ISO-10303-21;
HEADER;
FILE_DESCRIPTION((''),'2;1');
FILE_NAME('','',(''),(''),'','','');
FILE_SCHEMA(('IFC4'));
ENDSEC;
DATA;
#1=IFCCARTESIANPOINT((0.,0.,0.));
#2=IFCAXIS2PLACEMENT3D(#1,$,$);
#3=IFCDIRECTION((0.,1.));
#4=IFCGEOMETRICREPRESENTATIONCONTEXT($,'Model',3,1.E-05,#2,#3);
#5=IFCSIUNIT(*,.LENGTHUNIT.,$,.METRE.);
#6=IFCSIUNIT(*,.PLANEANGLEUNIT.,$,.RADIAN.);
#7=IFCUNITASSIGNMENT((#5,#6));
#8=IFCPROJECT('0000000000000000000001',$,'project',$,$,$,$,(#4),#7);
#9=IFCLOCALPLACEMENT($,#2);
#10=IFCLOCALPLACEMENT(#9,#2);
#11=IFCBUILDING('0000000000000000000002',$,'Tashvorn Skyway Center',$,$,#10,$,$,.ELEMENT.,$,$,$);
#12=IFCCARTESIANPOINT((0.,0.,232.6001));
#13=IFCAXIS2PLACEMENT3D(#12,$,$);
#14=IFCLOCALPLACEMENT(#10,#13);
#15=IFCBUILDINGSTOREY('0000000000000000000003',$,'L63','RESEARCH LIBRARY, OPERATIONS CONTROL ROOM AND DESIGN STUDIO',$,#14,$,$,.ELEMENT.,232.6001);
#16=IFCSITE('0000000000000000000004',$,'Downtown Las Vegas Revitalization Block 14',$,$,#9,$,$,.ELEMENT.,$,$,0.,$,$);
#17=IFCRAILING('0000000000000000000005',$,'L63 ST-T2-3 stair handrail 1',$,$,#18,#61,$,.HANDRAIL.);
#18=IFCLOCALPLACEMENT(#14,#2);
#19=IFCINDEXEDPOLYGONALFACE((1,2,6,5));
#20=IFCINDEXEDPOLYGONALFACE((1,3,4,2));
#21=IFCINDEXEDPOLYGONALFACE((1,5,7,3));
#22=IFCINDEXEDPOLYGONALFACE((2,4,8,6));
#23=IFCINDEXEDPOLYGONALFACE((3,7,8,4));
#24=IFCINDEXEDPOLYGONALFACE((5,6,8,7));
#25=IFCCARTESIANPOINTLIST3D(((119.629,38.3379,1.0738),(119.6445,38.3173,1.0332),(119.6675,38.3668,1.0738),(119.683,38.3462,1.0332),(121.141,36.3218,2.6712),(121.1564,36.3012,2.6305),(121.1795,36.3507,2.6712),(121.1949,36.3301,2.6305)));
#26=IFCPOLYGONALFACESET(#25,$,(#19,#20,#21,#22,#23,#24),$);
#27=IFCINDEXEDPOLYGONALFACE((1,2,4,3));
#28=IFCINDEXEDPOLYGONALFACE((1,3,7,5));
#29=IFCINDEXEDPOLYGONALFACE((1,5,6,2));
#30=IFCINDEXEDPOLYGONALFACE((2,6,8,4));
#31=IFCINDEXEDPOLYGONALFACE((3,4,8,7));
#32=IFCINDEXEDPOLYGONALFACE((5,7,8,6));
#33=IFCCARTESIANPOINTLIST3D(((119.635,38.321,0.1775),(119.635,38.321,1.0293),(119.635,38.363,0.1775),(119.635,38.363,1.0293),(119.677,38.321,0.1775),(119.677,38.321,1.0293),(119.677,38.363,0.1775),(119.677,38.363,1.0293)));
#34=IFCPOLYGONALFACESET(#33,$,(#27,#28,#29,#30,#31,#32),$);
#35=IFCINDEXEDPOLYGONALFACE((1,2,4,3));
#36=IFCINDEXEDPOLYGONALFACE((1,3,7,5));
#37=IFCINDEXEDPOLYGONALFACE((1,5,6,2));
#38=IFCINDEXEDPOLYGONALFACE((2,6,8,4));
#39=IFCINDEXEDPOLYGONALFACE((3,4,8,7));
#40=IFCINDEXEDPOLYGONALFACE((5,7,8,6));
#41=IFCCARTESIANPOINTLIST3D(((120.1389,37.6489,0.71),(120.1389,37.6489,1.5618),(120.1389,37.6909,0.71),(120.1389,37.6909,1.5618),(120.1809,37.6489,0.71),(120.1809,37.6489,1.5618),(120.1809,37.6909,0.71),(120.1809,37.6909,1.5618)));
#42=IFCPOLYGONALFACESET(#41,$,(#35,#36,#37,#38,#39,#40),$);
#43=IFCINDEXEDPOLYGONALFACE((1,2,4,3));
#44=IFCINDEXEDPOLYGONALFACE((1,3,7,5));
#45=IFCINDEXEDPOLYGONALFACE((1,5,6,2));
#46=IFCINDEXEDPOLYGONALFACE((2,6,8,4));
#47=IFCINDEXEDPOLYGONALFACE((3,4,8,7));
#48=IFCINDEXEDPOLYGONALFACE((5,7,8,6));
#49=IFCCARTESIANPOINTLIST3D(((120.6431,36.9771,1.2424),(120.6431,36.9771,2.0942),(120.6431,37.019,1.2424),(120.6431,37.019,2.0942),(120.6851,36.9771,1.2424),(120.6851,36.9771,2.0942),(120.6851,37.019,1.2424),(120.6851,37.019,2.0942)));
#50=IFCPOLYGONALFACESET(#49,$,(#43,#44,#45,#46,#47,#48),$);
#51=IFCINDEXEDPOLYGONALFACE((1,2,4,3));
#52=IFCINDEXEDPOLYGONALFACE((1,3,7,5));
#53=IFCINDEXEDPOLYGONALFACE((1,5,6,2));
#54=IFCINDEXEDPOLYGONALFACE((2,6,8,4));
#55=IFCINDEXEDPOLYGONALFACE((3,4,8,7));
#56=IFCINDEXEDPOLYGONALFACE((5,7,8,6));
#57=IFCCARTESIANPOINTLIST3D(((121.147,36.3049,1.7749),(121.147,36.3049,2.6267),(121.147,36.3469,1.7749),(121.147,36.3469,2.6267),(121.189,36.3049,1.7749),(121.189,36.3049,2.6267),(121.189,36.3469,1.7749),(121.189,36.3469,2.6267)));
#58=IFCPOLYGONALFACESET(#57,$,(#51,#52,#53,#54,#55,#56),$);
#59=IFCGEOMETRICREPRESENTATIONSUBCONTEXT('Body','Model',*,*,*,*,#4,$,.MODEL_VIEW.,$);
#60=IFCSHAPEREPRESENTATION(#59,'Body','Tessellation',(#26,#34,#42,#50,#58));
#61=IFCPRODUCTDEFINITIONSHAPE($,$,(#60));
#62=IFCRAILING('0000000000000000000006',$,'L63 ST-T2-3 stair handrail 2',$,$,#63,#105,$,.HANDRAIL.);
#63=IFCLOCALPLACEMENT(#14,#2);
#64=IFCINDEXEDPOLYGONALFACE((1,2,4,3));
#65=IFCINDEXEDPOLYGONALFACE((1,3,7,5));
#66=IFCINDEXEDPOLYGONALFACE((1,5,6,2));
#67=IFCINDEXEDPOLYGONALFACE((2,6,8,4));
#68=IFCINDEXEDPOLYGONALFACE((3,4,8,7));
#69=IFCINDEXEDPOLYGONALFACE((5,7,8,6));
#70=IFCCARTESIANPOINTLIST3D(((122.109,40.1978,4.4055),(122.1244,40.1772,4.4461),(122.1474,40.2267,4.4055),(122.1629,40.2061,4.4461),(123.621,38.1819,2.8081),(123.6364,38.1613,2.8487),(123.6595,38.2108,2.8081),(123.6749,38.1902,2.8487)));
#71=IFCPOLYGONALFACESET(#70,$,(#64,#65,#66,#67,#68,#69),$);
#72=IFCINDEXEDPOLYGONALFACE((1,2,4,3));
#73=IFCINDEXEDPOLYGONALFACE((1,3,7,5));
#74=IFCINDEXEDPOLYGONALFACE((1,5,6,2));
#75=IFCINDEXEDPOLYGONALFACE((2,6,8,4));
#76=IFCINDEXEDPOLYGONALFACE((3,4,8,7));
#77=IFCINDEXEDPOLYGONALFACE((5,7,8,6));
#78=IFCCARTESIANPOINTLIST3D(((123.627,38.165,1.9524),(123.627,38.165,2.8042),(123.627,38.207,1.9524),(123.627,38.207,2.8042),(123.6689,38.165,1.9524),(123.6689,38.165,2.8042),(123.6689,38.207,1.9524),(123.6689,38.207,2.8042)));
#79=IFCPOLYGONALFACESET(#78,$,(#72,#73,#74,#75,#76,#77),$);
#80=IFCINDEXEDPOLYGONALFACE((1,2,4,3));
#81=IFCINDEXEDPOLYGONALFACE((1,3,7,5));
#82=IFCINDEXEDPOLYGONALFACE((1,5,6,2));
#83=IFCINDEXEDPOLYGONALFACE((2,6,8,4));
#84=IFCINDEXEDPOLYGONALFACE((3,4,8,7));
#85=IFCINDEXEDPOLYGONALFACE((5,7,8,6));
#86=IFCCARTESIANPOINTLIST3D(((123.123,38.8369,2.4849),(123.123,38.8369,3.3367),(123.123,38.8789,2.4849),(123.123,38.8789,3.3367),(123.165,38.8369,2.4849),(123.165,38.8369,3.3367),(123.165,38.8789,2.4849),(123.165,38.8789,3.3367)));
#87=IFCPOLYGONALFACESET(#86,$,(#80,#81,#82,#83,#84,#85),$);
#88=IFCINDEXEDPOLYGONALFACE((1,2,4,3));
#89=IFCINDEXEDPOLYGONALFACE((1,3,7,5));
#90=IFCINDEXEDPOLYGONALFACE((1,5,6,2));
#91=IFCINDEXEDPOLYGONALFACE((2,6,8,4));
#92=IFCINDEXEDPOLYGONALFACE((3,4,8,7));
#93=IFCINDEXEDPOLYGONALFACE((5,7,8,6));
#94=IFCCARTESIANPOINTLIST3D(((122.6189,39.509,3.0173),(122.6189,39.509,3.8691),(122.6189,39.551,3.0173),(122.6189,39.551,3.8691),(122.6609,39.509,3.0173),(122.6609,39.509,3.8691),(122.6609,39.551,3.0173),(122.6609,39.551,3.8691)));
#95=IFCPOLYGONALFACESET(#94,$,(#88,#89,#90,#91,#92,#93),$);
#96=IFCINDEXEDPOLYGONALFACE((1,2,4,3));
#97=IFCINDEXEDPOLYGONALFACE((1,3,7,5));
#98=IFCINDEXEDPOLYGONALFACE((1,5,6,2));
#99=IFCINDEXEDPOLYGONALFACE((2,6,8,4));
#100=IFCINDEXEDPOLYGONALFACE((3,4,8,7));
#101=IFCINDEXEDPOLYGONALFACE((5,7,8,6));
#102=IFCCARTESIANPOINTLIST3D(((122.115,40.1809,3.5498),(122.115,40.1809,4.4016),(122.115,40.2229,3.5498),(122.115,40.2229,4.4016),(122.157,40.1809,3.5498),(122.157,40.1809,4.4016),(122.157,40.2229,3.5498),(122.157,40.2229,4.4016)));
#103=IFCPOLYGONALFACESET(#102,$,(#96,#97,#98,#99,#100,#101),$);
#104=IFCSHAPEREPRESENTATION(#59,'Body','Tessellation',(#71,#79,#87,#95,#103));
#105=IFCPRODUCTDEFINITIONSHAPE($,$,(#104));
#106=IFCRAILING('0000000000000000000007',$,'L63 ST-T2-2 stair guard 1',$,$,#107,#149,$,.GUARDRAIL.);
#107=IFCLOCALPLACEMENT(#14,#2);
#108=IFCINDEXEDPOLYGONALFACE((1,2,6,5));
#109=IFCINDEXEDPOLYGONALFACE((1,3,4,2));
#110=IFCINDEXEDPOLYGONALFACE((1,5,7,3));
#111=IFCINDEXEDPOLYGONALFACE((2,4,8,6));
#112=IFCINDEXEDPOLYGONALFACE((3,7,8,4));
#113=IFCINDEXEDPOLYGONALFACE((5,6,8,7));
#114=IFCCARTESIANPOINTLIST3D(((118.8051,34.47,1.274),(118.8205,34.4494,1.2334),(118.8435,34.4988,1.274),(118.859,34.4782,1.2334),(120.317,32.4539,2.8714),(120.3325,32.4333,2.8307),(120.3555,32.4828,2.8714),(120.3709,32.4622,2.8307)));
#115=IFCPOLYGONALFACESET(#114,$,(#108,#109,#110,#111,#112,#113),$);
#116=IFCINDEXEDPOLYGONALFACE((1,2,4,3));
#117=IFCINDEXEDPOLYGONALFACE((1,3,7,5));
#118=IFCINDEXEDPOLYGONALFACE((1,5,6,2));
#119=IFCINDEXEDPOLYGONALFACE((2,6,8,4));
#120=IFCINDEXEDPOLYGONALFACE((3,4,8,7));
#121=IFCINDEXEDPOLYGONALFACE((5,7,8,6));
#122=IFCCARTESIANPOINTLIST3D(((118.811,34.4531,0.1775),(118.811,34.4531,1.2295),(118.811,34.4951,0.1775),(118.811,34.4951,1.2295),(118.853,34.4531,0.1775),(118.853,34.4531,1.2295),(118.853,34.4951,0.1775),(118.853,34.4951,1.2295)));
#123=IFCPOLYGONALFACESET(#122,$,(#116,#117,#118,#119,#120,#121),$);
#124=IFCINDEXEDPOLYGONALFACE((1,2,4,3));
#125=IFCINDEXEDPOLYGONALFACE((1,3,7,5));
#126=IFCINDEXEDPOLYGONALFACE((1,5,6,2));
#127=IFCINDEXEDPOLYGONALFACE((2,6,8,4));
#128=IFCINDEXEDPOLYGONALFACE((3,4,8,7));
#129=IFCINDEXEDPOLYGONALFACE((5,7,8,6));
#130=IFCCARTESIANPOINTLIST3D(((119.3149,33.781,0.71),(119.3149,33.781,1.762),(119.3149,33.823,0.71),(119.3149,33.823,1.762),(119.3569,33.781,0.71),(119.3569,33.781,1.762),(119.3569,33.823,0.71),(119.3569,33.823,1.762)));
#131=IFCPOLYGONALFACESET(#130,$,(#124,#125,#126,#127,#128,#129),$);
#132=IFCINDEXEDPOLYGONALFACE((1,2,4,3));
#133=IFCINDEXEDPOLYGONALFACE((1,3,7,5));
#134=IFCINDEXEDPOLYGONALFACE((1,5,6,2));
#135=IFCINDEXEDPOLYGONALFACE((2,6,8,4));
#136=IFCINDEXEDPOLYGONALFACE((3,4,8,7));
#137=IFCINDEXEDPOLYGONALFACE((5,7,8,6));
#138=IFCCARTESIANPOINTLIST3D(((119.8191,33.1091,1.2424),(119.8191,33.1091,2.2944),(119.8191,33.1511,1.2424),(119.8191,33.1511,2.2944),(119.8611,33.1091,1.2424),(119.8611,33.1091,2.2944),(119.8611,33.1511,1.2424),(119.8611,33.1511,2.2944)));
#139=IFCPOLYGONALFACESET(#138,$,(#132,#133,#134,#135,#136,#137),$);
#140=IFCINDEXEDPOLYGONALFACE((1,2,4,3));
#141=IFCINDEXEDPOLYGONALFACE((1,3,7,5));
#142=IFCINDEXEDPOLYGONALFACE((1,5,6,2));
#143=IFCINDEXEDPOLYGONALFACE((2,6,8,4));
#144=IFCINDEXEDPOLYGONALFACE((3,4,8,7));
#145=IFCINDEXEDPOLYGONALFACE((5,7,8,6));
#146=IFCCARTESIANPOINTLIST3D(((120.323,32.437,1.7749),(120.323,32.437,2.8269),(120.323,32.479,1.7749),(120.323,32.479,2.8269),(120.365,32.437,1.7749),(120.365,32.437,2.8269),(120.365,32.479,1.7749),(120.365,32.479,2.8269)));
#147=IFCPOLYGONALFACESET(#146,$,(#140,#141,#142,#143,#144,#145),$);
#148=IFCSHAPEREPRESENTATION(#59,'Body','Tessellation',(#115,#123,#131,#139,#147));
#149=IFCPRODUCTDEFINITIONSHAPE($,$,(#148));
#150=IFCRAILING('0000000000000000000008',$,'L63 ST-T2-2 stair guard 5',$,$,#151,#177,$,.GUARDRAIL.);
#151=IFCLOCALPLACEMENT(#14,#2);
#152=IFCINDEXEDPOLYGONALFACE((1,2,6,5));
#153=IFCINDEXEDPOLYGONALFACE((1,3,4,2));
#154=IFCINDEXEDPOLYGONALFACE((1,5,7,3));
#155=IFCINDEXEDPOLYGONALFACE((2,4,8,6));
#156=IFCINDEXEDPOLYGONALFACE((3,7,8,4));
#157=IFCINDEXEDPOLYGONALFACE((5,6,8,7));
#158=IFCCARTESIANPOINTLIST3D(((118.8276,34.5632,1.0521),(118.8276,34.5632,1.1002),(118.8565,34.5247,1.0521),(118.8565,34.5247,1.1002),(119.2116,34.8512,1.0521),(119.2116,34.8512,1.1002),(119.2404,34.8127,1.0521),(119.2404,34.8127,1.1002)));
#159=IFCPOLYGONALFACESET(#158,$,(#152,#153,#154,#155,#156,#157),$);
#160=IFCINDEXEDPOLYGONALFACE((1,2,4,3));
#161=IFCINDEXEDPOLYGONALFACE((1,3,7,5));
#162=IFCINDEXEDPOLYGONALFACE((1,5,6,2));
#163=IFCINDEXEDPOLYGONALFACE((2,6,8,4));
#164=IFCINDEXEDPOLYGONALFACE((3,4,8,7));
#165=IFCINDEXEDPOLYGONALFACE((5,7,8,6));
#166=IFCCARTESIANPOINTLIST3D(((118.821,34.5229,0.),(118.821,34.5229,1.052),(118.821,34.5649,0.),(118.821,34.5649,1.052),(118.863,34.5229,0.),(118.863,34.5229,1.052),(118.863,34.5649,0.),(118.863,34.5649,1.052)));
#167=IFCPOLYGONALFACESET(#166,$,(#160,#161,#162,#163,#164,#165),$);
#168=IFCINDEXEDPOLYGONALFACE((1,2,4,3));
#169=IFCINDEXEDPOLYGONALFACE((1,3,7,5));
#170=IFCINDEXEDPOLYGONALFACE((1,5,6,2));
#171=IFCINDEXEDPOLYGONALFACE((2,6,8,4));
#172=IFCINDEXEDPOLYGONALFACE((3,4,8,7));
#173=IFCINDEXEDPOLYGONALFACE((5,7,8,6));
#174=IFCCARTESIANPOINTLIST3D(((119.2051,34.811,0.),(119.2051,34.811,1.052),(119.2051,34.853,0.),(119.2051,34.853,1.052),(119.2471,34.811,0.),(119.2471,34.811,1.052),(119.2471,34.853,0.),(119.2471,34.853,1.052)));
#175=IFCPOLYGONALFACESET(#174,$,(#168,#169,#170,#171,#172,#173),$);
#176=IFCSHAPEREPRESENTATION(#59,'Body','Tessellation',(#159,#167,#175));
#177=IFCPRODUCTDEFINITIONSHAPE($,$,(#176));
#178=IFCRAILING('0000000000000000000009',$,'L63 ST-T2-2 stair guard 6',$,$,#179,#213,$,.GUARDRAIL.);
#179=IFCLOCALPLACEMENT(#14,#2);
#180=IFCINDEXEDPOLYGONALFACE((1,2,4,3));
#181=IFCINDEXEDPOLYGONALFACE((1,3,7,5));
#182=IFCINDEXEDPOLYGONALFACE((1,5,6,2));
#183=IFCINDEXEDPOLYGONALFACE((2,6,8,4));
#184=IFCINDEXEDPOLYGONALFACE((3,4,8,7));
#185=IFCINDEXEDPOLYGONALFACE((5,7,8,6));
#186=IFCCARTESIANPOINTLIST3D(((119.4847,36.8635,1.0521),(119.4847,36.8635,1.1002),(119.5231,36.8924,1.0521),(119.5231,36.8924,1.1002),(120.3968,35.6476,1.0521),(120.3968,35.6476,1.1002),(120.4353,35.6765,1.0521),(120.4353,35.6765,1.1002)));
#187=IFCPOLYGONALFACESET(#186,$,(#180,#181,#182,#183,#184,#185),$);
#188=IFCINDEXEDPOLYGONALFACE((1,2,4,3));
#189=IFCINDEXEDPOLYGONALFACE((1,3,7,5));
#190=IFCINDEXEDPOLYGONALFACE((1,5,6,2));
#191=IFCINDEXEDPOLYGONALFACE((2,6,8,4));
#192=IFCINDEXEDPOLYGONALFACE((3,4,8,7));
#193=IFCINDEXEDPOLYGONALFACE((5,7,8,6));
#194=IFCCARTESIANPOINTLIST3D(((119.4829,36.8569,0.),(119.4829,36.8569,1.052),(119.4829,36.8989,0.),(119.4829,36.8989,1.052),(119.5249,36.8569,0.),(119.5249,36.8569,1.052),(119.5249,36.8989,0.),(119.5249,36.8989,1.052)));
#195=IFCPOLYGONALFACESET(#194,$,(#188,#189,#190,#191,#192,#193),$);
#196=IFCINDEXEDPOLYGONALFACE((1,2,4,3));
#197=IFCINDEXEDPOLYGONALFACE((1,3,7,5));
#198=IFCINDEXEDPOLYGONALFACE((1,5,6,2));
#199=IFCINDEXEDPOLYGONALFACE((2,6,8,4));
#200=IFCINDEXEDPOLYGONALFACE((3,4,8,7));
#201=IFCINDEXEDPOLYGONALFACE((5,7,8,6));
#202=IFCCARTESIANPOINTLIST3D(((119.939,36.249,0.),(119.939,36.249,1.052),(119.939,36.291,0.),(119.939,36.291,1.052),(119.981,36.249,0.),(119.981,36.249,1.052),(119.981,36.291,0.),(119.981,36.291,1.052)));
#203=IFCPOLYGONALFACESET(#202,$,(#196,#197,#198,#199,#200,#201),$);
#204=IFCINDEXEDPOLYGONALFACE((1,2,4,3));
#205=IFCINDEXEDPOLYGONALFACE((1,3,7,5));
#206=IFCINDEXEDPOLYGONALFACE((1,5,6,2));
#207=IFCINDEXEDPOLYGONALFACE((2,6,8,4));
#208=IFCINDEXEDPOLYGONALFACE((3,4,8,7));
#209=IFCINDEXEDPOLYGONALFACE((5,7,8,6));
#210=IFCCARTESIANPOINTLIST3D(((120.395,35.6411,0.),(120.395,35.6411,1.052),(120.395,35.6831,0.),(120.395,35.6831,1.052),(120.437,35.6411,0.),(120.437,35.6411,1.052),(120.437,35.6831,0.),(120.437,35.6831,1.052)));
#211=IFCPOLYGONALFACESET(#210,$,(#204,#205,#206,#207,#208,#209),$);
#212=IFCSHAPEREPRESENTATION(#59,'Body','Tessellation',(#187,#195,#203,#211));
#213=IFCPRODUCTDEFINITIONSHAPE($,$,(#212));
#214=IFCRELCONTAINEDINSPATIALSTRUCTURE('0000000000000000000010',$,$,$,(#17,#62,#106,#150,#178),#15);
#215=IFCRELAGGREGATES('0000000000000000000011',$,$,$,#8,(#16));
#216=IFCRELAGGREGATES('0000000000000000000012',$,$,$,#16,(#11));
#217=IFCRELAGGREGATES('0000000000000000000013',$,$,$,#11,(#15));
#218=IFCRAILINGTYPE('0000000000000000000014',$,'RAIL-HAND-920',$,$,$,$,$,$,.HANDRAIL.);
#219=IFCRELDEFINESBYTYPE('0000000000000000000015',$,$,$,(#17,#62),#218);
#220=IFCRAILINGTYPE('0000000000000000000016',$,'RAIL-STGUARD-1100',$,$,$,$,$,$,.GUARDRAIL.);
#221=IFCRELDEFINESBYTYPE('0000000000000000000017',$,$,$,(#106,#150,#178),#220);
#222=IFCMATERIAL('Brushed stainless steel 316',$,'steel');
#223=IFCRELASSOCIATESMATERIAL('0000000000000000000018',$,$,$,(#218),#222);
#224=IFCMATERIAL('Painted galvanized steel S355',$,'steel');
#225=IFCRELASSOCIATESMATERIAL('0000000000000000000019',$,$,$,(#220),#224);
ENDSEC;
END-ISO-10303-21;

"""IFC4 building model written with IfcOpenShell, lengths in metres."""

from ifc_helpers import new_model, si_unit, direction, frame, origin, origin_2d, place, context, subcontext, project, spatial, rectangle, extrude, material, type_object, element, save


model = new_model("IFC4")

# Units and contexts
model_context = context("Model", 3, precision=1e-05, world=origin(), true_north=direction((0.0, 1.0)))
body_context = subcontext(model_context, "Body", "Model", "MODEL_VIEW")
ifc_project = project(units=[si_unit("LENGTHUNIT", "METRE"), si_unit("PLANEANGLEUNIT", "RADIAN")], contexts=[model_context])

# Site, building, storey
site_placement = place(None, origin())
site = spatial("IfcSite", under=ifc_project, at=site_placement, Name="Downtown Las Vegas Revitalization Block 14", CompositionType="ELEMENT", RefElevation=0.0)
building_placement = place(site_placement, origin())
building = spatial("IfcBuilding", under=site, at=building_placement, Name="Tashvorn Skyway Center", CompositionType="ELEMENT")
storey_placement = place(building_placement, frame((0.0, 0.0, 232.6001)))
storey = spatial("IfcBuildingStorey", under=building, at=storey_placement, Name="L63", Description="RESEARCH LIBRARY, OPERATIONS CONTROL ROOM AND DESIGN STUDIO", CompositionType="ELEMENT", Elevation=232.6001)

# Railings
ifc_material_1 = material(Name="Brushed stainless steel 316", Category="steel")
railing_type_1 = type_object("IfcRailingType", Name="RAIL-HAND-920", PredefinedType="HANDRAIL", material=ifc_material_1)
railing_1_placement = place(storey_placement, frame((119.656, 38.342, 0.1775)))
element("IfcRailing", 1, at=railing_1_placement, inside=storey, type_object=railing_type_1, Name="L63 ST-T2-3 stair handrail 1", PredefinedType="HANDRAIL", context=body_context, shape_type="SweptSolid", body=[
    extrude(rectangle(XDim=0.0481, YDim=0.0481, at=origin_2d()), frame((0.0, 0.0, 0.876), z_axis=(0.506741, -0.675709, 0.535379), x_axis=(0.800023, 0.599969, 0.0)), (0.0, 0.0, 1.0), 2.9836),
    extrude(rectangle(XDim=0.042, YDim=0.042, at=origin_2d()), origin(), (0.0, 0.0, 1.0), 0.8518),
    extrude(rectangle(XDim=0.042, YDim=0.042, at=origin_2d()), frame((0.5039, -0.6721, 0.5325)), (0.0, 0.0, 1.0), 0.8518),
    extrude(rectangle(XDim=0.042, YDim=0.042, at=origin_2d()), frame((1.0081, -1.344, 1.0649)), (0.0, 0.0, 1.0), 0.8518),
    extrude(rectangle(XDim=0.042, YDim=0.042, at=origin_2d()), frame((1.512, -2.0161, 1.5974)), (0.0, 0.0, 1.0), 0.8518),
])
railing_2_placement = place(storey_placement, frame((123.6479, 38.186, 1.9524)))
element("IfcRailing", 2, at=railing_2_placement, inside=storey, type_object=railing_type_1, Name="L63 ST-T2-3 stair handrail 2", PredefinedType="HANDRAIL", context=body_context, shape_type="SweptSolid", body=[
    extrude(rectangle(XDim=0.0481, YDim=0.0481, at=origin_2d()), frame((0.0, 0.0, 0.876), z_axis=(-0.506769, 0.675664, 0.535409), x_axis=(-0.799988, -0.600016, 0.0)), (0.0, 0.0, 1.0), 2.9836),
    extrude(rectangle(XDim=0.042, YDim=0.042, at=origin_2d()), origin(), (0.0, 0.0, 1.0), 0.8518),
    extrude(rectangle(XDim=0.042, YDim=0.042, at=origin_2d()), frame((-0.5039, 0.6719, 0.5325)), (0.0, 0.0, 1.0), 0.8518),
    extrude(rectangle(XDim=0.042, YDim=0.042, at=origin_2d()), frame((-1.0081, 1.344, 1.0649)), (0.0, 0.0, 1.0), 0.8518),
    extrude(rectangle(XDim=0.042, YDim=0.042, at=origin_2d()), frame((-1.512, 2.0159, 1.5974)), (0.0, 0.0, 1.0), 0.8518),
])
ifc_material_2 = material(Name="Painted galvanized steel S355", Category="steel")
railing_type_2 = type_object("IfcRailingType", Name="RAIL-STGUARD-1100", PredefinedType="GUARDRAIL", material=ifc_material_2)
railing_3_placement = place(storey_placement, frame((118.832, 34.4741, 0.1775)))
element("IfcRailing", 3, at=railing_3_placement, inside=storey, type_object=railing_type_2, Name="L63 ST-T2-2 stair guard 1", PredefinedType="GUARDRAIL", context=body_context, shape_type="SweptSolid", body=[
    extrude(rectangle(XDim=0.0481, YDim=0.0481, at=origin_2d()), frame((0.0, 0.0, 1.0762), z_axis=(0.506741, -0.675709, 0.535379), x_axis=(0.800023, 0.599969, 0.0)), (0.0, 0.0, 1.0), 2.9836),
    extrude(rectangle(XDim=0.042, YDim=0.042, at=origin_2d()), origin(), (0.0, 0.0, 1.0), 1.052),
    extrude(rectangle(XDim=0.042, YDim=0.042, at=origin_2d()), frame((0.5039, -0.6721, 0.5325)), (0.0, 0.0, 1.0), 1.052),
    extrude(rectangle(XDim=0.042, YDim=0.042, at=origin_2d()), frame((1.0081, -1.344, 1.0649)), (0.0, 0.0, 1.0), 1.052),
    extrude(rectangle(XDim=0.042, YDim=0.042, at=origin_2d()), frame((1.512, -2.0161, 1.5974)), (0.0, 0.0, 1.0), 1.052),
])
railing_4_placement = place(storey_placement, frame((118.842, 34.5439, 0.0)))
element("IfcRailing", 4, at=railing_4_placement, inside=storey, type_object=railing_type_2, Name="L63 ST-T2-2 stair guard 5", PredefinedType="GUARDRAIL", context=body_context, shape_type="SweptSolid", body=[
    extrude(rectangle(XDim=0.0481, YDim=0.0481, at=origin_2d()), frame((0.0, 0.0, 1.0762), z_axis=(0.799939, 0.600081, 0.0), x_axis=(-0.600081, 0.799939, 0.0)), (0.0, 0.0, 1.0), 0.48),
    extrude(rectangle(XDim=0.042, YDim=0.042, at=origin_2d()), origin(), (0.0, 0.0, 1.0), 1.052),
    extrude(rectangle(XDim=0.042, YDim=0.042, at=origin_2d()), frame((0.384, 0.2881, 0.0)), (0.0, 0.0, 1.0), 1.052),
])
railing_5_placement = place(storey_placement, frame((119.5039, 36.8779, 0.0)))
element("IfcRailing", 5, at=railing_5_placement, inside=storey, type_object=railing_type_2, Name="L63 ST-T2-2 stair guard 6", PredefinedType="GUARDRAIL", context=body_context, shape_type="SweptSolid", body=[
    extrude(rectangle(XDim=0.0481, YDim=0.0481, at=origin_2d()), frame((0.0, 0.0, 1.0762), z_axis=(0.600103, -0.799923, 0.0), x_axis=(0.799923, 0.600103, 0.0)), (0.0, 0.0, 1.0), 1.52),
    extrude(rectangle(XDim=0.042, YDim=0.042, at=origin_2d()), origin(), (0.0, 0.0, 1.0), 1.052),
    extrude(rectangle(XDim=0.042, YDim=0.042, at=origin_2d()), frame((0.4561, -0.6079, 0.0)), (0.0, 0.0, 1.0), 1.052),
    extrude(rectangle(XDim=0.042, YDim=0.042, at=origin_2d()), frame((0.9121, -1.2158, 0.0)), (0.0, 0.0, 1.0), 1.052),
])

save(model, "model.ifc")
